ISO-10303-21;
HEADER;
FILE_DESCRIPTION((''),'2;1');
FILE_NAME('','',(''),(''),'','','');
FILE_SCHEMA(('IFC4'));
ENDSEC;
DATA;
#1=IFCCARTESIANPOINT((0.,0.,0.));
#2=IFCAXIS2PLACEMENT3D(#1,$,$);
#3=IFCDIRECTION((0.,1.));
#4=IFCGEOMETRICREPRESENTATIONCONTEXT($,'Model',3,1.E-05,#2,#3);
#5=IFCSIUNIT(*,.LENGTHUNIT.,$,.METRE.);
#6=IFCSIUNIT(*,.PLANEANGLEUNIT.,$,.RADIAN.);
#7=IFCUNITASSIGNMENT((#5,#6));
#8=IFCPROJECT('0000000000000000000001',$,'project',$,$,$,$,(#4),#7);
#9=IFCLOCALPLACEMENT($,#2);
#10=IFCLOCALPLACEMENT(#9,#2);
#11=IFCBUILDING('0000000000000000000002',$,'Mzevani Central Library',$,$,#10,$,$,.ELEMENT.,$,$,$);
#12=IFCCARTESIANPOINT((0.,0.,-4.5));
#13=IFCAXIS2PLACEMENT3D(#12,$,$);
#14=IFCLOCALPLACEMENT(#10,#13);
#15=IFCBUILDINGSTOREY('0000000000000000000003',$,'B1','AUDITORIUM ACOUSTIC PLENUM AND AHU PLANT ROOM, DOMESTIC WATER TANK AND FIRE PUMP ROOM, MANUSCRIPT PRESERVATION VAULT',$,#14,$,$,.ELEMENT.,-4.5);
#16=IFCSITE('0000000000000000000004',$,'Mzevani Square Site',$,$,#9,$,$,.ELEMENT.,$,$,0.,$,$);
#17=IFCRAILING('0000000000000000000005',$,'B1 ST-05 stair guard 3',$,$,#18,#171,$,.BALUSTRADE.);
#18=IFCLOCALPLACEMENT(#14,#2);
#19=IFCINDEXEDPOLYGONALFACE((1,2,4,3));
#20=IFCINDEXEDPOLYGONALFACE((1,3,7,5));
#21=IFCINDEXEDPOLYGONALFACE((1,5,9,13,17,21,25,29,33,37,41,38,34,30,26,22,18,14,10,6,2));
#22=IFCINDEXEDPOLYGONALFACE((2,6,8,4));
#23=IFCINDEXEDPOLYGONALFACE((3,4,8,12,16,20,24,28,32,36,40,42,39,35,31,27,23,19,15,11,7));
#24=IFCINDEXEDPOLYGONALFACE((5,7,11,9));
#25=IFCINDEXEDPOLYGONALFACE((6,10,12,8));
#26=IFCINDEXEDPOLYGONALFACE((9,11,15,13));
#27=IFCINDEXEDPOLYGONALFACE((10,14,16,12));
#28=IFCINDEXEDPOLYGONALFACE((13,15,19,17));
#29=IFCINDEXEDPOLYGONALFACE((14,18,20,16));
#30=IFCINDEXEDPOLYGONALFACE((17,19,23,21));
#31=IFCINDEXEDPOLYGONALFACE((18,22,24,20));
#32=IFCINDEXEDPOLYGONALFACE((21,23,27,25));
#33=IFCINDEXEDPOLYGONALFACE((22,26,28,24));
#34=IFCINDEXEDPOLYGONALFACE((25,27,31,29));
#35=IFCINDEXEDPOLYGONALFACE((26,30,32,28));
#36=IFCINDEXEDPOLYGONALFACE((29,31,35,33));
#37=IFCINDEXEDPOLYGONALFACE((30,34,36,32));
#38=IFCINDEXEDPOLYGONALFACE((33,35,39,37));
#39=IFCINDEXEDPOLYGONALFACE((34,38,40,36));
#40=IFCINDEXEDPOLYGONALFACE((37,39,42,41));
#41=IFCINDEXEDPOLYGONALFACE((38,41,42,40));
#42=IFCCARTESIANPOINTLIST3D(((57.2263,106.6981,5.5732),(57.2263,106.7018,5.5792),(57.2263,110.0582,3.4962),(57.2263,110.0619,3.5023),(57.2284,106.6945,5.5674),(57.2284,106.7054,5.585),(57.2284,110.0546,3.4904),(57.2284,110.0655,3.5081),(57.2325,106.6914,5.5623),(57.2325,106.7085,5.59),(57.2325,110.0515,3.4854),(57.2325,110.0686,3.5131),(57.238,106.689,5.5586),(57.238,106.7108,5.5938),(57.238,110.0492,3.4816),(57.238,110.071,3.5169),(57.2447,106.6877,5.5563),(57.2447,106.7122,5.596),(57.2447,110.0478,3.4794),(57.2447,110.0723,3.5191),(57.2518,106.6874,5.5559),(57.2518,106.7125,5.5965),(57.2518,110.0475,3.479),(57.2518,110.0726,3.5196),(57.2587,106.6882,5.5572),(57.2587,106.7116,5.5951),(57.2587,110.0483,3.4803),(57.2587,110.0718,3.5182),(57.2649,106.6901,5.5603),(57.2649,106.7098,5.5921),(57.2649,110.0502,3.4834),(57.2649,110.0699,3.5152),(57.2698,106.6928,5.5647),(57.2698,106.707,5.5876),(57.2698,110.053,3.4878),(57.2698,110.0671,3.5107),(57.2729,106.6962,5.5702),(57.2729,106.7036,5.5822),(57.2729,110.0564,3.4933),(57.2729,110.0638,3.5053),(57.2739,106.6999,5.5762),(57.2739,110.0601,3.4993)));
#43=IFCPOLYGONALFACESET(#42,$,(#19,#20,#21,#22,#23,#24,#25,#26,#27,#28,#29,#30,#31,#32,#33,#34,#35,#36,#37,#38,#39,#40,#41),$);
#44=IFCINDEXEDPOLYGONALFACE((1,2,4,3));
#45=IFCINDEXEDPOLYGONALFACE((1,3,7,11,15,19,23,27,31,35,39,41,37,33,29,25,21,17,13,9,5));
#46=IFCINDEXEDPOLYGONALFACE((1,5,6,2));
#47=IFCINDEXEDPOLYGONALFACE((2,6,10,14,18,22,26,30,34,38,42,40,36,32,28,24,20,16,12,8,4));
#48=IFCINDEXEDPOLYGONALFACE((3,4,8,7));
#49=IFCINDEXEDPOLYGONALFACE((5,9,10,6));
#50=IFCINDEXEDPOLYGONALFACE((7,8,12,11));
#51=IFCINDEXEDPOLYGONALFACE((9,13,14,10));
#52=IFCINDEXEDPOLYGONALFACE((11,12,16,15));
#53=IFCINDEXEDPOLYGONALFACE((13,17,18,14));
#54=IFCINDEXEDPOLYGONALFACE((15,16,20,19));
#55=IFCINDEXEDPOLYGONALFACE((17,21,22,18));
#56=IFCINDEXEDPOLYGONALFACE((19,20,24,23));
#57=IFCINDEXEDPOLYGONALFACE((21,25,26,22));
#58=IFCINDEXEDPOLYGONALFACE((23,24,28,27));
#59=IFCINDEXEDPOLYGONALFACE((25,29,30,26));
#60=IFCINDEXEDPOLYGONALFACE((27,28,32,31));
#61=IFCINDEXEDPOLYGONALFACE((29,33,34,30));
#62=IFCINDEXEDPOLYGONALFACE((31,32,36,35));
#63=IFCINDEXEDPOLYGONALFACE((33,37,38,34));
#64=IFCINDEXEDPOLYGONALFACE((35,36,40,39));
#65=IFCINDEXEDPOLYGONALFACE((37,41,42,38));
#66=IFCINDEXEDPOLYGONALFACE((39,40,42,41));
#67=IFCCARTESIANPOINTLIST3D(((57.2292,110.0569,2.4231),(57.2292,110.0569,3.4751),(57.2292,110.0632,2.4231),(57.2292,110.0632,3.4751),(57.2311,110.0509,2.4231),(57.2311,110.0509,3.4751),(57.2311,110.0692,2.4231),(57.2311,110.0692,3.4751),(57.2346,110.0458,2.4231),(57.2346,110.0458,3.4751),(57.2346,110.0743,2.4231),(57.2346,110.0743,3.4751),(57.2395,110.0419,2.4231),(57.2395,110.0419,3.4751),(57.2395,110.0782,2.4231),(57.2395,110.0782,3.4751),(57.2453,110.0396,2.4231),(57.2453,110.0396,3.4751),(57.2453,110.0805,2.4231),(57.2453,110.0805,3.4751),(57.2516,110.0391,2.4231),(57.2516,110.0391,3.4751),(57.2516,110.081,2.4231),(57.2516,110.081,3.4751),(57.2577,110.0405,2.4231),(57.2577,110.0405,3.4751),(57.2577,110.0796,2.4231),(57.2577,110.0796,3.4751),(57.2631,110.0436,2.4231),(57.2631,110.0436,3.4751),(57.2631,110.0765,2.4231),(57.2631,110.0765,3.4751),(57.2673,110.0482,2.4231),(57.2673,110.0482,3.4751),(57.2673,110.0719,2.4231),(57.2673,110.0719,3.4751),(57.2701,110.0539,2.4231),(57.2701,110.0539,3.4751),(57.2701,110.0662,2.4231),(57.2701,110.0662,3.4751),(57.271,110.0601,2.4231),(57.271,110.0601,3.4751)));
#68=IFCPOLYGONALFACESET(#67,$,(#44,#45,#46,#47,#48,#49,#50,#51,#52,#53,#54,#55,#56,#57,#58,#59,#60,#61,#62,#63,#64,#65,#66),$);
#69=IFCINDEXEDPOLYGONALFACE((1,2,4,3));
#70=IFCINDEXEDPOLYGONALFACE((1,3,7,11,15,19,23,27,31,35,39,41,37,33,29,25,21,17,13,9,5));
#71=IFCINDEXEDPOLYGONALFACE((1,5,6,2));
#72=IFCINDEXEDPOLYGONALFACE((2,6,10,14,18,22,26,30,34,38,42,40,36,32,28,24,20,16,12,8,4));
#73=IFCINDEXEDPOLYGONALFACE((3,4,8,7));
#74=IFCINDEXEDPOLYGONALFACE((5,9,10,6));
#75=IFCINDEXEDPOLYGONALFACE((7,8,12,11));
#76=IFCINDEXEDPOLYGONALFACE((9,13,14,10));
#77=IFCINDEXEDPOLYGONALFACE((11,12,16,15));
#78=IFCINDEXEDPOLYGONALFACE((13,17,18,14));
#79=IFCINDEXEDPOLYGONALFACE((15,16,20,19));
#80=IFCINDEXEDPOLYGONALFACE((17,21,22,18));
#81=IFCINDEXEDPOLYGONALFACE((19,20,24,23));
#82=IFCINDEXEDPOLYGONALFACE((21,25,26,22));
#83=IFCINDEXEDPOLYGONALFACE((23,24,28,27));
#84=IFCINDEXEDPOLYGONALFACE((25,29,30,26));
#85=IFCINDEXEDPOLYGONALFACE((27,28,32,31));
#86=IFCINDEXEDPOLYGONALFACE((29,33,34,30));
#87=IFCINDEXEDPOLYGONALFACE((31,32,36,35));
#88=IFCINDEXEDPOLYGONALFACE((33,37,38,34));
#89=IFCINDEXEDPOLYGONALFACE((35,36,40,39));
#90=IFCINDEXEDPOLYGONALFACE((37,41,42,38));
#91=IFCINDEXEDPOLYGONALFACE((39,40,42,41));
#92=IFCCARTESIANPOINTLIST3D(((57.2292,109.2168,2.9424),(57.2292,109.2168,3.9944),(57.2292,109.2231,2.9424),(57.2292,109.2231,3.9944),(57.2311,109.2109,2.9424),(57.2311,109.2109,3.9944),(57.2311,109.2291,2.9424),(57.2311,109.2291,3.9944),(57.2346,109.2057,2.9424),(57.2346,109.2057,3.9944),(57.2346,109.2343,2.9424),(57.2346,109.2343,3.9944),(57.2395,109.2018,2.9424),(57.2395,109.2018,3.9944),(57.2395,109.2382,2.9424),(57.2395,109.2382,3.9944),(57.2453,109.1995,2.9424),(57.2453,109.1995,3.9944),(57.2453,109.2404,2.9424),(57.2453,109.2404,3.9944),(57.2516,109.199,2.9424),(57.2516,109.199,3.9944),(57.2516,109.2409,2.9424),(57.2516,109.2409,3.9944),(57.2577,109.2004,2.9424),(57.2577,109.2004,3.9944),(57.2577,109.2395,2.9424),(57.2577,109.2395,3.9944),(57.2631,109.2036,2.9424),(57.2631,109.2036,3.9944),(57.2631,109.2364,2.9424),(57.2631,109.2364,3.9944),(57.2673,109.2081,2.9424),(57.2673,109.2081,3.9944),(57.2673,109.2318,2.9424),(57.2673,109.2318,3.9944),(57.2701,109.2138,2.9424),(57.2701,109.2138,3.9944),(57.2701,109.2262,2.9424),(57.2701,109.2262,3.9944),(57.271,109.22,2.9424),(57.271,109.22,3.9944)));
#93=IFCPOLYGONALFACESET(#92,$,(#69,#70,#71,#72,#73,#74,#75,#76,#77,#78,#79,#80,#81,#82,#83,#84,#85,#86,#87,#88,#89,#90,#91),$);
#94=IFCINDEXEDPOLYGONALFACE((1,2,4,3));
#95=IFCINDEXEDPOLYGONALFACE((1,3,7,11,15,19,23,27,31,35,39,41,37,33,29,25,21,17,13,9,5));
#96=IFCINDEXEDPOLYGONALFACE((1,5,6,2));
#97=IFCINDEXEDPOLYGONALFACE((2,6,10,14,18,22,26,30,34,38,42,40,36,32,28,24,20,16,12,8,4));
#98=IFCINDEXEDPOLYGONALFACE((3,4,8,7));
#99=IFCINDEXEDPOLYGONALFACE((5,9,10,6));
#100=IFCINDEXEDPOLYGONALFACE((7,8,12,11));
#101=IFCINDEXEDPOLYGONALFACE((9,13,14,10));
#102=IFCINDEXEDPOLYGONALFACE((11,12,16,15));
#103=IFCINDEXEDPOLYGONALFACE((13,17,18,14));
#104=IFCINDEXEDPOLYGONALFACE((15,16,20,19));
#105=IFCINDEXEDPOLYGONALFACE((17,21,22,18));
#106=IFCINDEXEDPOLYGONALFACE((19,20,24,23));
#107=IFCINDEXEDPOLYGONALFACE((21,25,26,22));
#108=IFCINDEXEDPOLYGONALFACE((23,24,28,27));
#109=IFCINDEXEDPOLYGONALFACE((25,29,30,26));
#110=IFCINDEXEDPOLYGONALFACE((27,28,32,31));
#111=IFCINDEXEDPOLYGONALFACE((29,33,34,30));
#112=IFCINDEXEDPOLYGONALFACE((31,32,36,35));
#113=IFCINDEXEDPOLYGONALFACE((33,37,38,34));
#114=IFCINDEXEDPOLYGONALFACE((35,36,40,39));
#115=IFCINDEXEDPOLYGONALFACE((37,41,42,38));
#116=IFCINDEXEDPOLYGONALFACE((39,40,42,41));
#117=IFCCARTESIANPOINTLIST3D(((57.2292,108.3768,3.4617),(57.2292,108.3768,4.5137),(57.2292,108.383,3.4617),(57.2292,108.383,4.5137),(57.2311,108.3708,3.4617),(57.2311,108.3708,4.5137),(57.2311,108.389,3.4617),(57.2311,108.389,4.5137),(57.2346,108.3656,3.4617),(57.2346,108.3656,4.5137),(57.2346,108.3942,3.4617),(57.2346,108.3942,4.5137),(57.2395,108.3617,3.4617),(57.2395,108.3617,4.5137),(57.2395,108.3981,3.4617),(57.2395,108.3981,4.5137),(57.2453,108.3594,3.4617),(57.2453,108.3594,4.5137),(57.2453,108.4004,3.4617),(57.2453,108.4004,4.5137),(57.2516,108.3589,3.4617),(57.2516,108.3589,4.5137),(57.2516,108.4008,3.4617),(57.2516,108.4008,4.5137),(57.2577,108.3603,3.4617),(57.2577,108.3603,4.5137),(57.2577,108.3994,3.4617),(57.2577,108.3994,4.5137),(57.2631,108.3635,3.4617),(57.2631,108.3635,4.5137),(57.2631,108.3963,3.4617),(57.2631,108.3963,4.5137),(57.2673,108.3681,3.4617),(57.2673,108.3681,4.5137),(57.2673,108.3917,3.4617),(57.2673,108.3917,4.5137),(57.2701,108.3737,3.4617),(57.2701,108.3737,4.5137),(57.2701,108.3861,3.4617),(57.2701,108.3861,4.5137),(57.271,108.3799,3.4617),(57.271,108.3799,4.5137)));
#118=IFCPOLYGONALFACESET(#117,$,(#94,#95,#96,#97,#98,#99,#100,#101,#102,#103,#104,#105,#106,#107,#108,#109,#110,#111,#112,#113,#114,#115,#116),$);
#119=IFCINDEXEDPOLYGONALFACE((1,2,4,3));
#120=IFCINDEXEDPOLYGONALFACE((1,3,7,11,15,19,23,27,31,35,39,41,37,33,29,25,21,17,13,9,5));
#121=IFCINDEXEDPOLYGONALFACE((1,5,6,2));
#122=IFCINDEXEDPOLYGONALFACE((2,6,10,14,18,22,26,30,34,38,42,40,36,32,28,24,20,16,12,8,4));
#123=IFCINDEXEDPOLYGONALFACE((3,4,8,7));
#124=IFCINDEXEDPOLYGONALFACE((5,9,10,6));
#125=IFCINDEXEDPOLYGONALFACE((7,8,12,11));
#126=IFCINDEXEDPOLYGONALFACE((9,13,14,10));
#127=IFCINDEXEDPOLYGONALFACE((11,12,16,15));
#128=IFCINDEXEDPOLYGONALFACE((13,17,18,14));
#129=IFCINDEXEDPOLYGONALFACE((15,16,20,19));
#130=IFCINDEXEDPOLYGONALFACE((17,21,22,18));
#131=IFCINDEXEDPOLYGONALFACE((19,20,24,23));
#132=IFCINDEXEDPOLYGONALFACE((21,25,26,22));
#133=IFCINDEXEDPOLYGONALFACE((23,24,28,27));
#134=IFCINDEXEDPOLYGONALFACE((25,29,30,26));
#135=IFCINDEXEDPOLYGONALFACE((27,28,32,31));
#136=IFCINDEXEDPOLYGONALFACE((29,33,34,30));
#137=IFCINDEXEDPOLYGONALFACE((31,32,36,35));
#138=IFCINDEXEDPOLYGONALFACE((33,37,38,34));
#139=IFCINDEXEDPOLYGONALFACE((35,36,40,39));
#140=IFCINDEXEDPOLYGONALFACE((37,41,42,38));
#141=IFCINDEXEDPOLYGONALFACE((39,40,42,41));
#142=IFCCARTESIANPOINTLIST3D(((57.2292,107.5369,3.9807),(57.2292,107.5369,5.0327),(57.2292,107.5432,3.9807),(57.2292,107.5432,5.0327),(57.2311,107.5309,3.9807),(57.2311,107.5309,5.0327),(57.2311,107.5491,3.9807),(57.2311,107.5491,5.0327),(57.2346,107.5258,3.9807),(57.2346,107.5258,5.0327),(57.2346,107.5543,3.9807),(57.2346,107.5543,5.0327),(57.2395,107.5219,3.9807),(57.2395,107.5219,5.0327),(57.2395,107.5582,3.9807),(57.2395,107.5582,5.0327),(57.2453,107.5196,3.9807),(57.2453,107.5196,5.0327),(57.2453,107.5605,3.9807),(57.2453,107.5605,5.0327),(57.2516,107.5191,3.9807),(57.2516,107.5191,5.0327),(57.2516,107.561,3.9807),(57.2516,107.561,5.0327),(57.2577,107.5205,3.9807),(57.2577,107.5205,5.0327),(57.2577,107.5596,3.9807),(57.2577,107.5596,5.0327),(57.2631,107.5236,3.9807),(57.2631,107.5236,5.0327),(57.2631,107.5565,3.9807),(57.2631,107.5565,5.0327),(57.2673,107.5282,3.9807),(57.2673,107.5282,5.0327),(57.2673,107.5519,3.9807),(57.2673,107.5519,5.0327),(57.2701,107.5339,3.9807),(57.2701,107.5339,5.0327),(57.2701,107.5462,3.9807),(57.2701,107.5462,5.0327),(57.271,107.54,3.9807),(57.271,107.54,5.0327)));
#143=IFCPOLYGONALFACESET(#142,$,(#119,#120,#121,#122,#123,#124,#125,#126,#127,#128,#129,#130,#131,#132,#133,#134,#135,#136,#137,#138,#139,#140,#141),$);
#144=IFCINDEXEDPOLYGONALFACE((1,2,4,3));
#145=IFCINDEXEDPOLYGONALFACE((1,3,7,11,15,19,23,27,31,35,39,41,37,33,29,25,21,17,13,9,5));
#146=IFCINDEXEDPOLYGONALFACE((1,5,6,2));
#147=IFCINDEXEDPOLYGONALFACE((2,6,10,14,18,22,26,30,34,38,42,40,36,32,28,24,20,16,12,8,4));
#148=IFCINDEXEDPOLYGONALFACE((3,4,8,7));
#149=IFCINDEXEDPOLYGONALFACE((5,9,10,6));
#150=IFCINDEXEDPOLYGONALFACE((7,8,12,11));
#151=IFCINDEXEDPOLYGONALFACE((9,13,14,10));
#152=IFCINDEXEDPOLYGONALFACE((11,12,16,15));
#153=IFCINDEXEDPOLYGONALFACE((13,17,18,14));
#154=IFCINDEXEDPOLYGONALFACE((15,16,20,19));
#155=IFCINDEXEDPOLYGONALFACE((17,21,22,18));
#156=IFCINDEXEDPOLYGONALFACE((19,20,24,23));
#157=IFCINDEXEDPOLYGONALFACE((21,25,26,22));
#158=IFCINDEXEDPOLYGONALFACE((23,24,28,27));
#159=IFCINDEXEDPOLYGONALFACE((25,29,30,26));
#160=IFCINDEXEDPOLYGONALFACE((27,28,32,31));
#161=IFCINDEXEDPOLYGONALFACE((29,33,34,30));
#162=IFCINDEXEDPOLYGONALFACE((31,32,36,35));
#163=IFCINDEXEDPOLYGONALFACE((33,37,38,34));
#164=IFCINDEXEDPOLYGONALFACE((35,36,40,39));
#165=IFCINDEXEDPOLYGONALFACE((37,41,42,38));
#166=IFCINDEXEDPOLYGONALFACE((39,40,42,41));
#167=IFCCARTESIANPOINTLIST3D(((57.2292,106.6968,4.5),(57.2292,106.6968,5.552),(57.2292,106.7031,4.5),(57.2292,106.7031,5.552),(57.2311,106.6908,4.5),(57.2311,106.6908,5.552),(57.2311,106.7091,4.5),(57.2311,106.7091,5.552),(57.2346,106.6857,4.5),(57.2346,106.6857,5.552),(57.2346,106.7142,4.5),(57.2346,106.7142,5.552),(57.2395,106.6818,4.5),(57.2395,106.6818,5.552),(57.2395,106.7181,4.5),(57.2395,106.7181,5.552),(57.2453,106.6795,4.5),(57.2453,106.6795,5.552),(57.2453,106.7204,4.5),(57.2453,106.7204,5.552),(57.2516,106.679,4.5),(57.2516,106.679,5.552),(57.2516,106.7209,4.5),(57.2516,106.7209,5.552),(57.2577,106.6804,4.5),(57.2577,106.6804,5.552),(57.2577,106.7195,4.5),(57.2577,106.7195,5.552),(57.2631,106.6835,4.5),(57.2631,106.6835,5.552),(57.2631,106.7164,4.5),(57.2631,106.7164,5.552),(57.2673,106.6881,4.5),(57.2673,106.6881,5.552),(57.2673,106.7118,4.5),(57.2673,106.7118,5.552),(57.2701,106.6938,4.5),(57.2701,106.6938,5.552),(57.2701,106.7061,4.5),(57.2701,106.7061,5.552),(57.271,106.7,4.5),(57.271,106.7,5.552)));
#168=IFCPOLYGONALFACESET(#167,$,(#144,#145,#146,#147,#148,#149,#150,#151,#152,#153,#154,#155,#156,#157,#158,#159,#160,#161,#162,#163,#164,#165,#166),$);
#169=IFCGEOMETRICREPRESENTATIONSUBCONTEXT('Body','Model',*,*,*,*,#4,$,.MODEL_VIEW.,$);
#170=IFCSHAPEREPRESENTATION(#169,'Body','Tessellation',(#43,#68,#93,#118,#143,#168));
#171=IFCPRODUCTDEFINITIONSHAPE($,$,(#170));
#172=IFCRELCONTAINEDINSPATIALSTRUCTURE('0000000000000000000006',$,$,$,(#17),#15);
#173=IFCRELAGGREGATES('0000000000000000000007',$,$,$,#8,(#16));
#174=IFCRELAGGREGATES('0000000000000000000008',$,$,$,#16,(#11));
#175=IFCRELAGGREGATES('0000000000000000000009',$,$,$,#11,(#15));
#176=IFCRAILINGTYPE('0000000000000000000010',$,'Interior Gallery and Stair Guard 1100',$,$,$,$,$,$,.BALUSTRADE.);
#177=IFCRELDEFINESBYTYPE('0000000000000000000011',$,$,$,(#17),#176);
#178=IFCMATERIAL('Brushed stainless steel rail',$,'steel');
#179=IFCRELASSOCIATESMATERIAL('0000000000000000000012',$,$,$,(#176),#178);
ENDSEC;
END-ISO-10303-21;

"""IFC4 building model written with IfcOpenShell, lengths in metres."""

from ifc_helpers import new_model, si_unit, direction, frame, origin, origin_2d, place, context, subcontext, project, spatial, circle, extrude, material, type_object, element, save


model = new_model("IFC4")

# Units and contexts
model_context = context("Model", 3, precision=1e-05, world=origin(), true_north=direction((0.0, 1.0)))
body_context = subcontext(model_context, "Body", "Model", "MODEL_VIEW")
ifc_project = project(units=[si_unit("LENGTHUNIT", "METRE"), si_unit("PLANEANGLEUNIT", "RADIAN")], contexts=[model_context])

# Site, building, storey
site_placement = place(None, origin())
site = spatial("IfcSite", under=ifc_project, at=site_placement, Name="Mzevani Square Site", CompositionType="ELEMENT", RefElevation=0.0)
building_placement = place(site_placement, origin())
building = spatial("IfcBuilding", under=site, at=building_placement, Name="Mzevani Central Library", CompositionType="ELEMENT")
storey_placement = place(building_placement, frame((0.0, 0.0, -4.5)))
storey = spatial("IfcBuildingStorey", under=building, at=storey_placement, Name="B1", Description="AUDITORIUM ACOUSTIC PLENUM AND AHU PLANT ROOM, DOMESTIC WATER TANK AND FIRE PUMP ROOM, MANUSCRIPT PRESERVATION VAULT", CompositionType="ELEMENT", Elevation=-4.5)

# Railing
ifc_material_1 = material(Name="Brushed stainless steel rail", Category="steel")
railing_type_1 = type_object("IfcRailingType", Name="Interior Gallery and Stair Guard 1100", PredefinedType="BALUSTRADE", material=ifc_material_1)
railing_1_placement = place(storey_placement, frame((57.25, 110.0601, 2.4231)))
element("IfcRailing", 1, at=railing_1_placement, inside=storey, type_object=railing_type_1, Name="B1 ST-05 stair guard 3", PredefinedType="BALUSTRADE", context=body_context, shape_type="SweptSolid", body=[
    extrude(circle(Radius=0.0239, at=origin_2d()), frame((0.0, 0.0, 1.0762), z_axis=(0.0, -0.850623, 0.525776), x_axis=(1.0, 0.0, 0.0)), (0.0, 0.0, 1.0), 3.9502),
    extrude(circle(Radius=0.021, at=origin_2d()), origin(), (0.0, 0.0, 1.0), 1.052),
    extrude(circle(Radius=0.021, at=origin_2d()), frame((0.0, -0.8401, 0.5193)), (0.0, 0.0, 1.0), 1.052),
    extrude(circle(Radius=0.021, at=origin_2d()), frame((0.0, -1.6802, 1.0386)), (0.0, 0.0, 1.0), 1.052),
    extrude(circle(Radius=0.021, at=origin_2d()), frame((0.0, -2.52, 1.5576)), (0.0, 0.0, 1.0), 1.052),
    extrude(circle(Radius=0.021, at=origin_2d()), frame((0.0, -3.3601, 2.0769)), (0.0, 0.0, 1.0), 1.052),
])

save(model, "model.ifc")
